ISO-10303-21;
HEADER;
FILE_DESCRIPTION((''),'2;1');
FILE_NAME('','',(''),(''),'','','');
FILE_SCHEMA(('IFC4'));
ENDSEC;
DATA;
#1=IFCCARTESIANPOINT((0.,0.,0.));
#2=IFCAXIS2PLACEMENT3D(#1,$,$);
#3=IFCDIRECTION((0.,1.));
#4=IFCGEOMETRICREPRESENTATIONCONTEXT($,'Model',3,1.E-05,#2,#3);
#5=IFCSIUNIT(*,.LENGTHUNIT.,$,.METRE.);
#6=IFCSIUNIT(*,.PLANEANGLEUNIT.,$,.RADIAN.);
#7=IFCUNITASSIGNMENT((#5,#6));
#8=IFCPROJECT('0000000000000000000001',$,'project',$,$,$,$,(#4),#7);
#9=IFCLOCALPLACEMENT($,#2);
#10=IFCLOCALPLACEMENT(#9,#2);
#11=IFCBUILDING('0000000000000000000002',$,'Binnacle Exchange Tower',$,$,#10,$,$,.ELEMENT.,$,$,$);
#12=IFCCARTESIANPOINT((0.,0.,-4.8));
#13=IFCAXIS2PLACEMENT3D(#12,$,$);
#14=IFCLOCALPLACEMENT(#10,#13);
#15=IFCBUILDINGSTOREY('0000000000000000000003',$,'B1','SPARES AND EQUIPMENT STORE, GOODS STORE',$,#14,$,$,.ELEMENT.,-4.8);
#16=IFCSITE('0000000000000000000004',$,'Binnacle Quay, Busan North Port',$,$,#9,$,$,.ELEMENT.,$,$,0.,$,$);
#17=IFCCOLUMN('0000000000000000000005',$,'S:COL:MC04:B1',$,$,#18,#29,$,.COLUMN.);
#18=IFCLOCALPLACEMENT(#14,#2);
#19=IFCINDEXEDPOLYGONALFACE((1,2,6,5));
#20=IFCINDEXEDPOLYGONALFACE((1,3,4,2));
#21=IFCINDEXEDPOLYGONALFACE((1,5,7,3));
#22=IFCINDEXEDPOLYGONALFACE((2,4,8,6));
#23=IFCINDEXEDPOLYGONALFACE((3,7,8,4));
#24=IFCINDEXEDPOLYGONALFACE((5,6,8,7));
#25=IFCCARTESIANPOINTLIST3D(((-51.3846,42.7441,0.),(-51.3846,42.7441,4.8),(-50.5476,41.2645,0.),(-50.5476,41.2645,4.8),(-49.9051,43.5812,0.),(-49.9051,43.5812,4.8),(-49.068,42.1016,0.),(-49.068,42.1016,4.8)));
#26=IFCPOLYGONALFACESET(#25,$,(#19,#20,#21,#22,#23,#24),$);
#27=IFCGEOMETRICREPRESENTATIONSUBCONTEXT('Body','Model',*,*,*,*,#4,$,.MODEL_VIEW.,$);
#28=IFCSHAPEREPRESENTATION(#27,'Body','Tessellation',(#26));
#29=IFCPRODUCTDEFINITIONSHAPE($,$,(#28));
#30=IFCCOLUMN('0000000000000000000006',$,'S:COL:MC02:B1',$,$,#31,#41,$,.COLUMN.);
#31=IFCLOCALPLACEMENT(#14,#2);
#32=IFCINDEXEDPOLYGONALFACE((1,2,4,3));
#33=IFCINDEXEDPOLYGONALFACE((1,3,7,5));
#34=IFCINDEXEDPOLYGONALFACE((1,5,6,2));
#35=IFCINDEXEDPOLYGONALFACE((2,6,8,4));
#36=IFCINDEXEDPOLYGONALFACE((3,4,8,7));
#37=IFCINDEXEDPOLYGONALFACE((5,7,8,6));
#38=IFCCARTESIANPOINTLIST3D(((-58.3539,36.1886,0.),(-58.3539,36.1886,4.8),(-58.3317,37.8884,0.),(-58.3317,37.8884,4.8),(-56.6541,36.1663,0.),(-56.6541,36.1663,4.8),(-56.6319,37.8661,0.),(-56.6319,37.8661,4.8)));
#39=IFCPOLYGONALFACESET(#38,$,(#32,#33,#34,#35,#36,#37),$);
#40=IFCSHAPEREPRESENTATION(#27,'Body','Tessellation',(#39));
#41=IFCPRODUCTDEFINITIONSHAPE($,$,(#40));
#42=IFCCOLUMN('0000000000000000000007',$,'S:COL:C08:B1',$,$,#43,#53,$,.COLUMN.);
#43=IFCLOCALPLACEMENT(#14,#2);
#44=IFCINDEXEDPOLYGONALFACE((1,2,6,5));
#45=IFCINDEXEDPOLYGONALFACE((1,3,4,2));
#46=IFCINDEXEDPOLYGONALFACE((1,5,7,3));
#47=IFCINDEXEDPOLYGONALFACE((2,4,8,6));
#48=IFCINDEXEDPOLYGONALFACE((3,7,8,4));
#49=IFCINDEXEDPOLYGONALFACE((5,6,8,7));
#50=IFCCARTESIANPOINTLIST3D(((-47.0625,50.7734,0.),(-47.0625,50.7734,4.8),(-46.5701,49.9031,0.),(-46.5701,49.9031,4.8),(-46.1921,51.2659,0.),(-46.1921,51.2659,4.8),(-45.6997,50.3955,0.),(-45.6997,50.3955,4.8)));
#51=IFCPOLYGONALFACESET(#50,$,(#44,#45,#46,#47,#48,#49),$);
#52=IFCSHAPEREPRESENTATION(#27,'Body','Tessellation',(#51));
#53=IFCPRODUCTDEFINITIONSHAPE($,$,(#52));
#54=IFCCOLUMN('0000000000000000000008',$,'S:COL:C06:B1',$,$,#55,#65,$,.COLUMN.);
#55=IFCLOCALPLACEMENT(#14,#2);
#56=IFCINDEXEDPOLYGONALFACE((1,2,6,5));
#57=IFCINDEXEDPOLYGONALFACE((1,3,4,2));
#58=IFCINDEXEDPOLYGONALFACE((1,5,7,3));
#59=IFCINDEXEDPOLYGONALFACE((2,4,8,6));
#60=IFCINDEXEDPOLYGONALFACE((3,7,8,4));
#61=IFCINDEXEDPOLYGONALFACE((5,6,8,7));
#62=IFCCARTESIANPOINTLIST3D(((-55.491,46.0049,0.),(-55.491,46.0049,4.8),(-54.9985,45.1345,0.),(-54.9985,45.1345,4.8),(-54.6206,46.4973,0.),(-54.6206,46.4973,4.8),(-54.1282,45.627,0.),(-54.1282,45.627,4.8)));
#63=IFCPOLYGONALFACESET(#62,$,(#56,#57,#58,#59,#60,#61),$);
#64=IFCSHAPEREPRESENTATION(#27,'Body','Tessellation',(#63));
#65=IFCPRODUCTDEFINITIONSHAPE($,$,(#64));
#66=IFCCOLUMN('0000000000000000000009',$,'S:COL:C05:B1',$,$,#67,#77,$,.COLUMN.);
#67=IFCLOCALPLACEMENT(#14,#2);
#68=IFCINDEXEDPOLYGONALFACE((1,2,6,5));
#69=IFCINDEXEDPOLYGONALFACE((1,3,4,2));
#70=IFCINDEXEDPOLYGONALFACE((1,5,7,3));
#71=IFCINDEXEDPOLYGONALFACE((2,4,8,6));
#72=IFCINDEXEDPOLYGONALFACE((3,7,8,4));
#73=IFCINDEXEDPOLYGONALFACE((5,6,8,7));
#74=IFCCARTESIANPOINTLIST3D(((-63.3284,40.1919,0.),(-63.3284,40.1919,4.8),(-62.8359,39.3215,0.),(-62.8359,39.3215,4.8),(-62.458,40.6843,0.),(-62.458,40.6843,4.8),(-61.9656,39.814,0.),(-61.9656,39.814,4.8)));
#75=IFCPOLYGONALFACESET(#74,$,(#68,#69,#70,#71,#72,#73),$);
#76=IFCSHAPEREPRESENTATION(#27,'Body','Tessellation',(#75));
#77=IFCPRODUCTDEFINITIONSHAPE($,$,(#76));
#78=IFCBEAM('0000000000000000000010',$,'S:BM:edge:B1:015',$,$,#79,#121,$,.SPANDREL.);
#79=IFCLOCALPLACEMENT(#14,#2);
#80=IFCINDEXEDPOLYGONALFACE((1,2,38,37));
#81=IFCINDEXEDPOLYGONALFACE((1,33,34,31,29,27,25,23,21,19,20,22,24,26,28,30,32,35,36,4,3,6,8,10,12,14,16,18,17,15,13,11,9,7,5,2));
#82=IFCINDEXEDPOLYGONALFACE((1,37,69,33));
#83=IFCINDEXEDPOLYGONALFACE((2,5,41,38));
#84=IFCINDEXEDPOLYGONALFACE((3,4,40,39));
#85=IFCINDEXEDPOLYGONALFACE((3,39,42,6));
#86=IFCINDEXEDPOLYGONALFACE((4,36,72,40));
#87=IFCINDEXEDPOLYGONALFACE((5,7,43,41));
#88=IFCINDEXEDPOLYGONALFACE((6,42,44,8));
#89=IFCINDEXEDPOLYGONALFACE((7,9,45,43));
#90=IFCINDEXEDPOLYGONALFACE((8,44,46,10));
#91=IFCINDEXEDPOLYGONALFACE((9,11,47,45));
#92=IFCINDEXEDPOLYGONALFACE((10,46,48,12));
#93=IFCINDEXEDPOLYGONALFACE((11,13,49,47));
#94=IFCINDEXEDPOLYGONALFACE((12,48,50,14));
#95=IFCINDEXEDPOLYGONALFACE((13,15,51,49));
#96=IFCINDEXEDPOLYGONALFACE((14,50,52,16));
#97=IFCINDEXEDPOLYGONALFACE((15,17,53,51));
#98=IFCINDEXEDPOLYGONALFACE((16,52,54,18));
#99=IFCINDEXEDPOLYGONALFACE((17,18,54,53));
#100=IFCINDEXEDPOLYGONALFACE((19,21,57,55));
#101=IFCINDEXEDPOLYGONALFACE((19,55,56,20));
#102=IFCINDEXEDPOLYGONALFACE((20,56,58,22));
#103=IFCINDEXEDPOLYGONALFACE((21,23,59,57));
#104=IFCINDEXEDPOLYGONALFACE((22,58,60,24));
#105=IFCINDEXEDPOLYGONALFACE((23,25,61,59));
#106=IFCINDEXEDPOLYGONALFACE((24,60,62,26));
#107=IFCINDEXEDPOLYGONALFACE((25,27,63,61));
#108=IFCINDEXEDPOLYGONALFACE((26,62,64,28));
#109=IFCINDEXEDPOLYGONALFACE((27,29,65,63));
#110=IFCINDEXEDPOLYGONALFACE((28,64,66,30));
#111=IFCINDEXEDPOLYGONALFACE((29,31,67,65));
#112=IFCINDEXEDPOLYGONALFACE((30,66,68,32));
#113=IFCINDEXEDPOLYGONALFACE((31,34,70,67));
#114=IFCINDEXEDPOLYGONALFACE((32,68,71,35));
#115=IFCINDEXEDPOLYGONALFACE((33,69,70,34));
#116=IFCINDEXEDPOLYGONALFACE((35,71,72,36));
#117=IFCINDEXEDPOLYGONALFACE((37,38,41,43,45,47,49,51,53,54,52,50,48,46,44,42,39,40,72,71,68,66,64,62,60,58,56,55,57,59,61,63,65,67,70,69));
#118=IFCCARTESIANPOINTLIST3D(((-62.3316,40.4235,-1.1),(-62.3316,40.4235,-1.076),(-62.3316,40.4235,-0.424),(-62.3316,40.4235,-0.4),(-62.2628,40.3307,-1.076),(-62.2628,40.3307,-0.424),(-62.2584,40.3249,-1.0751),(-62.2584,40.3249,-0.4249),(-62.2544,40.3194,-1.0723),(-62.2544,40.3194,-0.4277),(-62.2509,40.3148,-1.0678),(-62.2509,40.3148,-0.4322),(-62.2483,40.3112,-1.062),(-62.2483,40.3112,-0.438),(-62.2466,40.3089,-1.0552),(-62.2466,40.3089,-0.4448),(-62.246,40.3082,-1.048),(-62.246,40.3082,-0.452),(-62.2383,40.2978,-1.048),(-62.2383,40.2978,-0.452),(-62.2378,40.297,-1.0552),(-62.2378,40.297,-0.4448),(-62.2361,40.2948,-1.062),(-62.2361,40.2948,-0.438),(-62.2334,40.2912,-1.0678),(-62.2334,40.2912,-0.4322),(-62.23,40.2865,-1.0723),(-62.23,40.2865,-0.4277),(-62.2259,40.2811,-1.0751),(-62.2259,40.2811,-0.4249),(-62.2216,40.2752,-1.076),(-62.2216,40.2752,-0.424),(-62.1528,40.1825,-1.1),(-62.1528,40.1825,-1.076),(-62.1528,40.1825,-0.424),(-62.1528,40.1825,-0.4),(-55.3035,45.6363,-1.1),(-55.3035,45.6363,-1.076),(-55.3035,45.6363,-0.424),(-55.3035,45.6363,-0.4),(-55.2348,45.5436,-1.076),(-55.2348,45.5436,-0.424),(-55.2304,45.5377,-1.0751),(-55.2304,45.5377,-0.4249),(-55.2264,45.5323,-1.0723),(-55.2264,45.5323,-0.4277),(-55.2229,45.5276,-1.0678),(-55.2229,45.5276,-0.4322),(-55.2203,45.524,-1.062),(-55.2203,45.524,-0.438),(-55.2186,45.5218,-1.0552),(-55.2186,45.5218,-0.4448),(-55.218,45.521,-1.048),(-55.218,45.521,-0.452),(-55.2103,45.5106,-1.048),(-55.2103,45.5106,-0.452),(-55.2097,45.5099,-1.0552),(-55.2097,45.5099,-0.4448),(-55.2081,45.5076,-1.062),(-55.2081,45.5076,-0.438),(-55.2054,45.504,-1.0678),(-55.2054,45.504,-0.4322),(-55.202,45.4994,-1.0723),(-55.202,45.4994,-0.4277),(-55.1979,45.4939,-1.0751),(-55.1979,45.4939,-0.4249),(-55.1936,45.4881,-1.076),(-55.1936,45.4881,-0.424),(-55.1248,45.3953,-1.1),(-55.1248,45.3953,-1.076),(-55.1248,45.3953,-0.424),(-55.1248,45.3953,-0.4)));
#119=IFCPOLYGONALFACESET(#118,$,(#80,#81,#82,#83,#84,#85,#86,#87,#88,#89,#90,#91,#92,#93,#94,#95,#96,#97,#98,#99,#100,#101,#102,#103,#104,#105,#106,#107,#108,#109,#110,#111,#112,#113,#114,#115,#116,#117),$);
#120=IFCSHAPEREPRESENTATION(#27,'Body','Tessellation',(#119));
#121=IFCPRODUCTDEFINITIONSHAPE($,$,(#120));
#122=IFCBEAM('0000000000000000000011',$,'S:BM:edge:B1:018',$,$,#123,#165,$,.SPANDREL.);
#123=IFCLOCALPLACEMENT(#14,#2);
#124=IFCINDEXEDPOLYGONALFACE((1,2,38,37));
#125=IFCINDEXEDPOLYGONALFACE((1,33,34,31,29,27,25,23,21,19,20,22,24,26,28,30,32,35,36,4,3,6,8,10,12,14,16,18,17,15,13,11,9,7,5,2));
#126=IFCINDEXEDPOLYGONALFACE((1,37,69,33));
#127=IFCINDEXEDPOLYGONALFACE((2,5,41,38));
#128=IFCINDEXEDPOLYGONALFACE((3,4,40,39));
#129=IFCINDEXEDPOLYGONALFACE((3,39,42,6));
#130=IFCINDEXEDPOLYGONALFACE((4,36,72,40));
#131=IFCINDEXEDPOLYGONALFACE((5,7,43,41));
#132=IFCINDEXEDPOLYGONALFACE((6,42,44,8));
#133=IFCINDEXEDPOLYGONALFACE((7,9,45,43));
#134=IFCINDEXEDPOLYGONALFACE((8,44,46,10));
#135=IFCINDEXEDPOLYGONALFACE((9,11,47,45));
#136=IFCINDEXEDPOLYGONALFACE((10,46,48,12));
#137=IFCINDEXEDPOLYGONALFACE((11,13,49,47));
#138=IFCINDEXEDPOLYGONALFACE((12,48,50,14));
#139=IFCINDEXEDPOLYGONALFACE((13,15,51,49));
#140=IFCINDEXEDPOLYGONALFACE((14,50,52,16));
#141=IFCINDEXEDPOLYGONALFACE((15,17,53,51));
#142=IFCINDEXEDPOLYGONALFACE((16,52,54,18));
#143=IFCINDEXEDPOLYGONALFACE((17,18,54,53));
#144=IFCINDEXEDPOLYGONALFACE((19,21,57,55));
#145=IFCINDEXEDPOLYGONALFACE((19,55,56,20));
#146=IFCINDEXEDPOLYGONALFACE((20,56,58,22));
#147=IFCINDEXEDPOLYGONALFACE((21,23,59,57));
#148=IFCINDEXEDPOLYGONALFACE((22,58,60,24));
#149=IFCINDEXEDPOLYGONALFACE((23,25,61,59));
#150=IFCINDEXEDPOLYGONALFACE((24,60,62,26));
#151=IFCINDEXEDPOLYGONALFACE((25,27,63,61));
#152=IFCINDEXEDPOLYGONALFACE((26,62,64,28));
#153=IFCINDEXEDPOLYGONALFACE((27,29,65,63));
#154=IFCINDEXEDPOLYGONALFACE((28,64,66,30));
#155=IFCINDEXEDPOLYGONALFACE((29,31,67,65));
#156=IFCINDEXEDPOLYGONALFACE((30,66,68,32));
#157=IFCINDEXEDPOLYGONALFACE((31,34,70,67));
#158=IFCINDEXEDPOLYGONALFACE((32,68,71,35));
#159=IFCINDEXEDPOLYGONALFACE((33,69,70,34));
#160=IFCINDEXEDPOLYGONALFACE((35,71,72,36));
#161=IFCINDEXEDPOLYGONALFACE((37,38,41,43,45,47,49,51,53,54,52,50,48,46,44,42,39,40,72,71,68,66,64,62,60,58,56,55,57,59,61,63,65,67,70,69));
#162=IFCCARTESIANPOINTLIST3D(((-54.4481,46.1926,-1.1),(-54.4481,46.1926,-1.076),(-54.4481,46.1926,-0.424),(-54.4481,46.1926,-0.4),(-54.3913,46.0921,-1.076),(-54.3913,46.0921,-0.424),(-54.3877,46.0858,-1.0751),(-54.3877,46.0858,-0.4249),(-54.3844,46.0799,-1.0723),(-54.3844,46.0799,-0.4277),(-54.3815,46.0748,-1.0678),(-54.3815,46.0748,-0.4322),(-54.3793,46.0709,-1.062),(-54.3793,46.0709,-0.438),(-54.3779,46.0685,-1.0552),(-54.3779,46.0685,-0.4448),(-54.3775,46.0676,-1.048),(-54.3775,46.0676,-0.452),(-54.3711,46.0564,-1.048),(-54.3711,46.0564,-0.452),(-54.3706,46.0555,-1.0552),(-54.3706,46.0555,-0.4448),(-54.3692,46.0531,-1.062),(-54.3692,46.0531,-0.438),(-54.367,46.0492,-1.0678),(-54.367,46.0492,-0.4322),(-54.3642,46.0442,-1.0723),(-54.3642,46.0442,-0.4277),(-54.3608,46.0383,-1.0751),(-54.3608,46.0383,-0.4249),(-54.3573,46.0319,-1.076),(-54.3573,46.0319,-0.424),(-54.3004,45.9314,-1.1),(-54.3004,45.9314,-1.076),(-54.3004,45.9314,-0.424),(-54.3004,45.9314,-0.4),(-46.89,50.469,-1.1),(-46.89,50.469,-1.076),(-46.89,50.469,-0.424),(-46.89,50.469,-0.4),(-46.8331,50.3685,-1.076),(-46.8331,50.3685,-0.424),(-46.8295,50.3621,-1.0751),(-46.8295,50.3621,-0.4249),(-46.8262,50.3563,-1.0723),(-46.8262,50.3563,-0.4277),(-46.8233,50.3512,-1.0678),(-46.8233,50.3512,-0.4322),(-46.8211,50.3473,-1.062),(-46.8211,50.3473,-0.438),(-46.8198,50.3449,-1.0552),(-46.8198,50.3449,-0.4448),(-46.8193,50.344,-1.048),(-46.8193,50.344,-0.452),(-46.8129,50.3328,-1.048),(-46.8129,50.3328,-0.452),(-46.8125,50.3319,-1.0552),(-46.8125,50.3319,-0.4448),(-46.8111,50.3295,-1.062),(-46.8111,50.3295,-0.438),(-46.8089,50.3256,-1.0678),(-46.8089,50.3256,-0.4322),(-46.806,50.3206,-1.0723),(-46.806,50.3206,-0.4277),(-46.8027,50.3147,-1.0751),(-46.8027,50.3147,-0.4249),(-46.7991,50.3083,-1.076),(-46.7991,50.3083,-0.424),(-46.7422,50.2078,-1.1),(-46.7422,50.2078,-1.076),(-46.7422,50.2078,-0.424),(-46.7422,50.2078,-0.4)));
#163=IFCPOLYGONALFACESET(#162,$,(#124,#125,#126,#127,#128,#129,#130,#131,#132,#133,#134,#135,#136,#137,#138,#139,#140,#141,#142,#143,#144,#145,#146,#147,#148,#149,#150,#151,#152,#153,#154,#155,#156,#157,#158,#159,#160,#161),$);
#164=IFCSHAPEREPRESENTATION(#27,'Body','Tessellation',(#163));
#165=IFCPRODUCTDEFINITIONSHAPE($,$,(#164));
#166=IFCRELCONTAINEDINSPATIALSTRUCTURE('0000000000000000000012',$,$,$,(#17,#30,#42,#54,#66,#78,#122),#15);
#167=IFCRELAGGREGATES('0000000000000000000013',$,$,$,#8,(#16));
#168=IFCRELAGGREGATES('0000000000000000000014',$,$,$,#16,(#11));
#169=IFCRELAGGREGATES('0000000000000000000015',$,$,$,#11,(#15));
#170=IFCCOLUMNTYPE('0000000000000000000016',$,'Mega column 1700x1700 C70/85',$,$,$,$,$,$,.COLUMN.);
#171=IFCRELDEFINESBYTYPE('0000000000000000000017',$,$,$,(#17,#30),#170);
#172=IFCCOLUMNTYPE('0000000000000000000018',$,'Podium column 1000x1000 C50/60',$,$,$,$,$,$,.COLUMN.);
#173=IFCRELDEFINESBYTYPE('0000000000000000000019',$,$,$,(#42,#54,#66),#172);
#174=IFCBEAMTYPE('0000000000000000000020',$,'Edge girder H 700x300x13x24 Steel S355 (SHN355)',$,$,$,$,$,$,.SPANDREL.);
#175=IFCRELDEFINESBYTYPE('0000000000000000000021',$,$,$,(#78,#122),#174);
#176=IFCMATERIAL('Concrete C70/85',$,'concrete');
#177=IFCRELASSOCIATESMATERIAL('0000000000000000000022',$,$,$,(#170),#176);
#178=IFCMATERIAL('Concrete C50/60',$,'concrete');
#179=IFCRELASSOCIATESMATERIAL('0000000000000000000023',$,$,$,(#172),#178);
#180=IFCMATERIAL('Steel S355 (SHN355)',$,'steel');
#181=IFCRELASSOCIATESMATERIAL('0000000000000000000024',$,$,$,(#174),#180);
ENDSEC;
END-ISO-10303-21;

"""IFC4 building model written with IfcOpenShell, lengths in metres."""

from ifc_helpers import new_model, si_unit, direction, frame, origin, origin_2d, place, context, subcontext, project, spatial, rectangle, i_section, extrude, material, material_profile, profile_set, type_object, element, save


model = new_model("IFC4")

# Units and contexts
model_context = context("Model", 3, precision=1e-05, world=origin(), true_north=direction((0.0, 1.0)))
body_context = subcontext(model_context, "Body", "Model", "MODEL_VIEW")
ifc_project = project(units=[si_unit("LENGTHUNIT", "METRE"), si_unit("PLANEANGLEUNIT", "RADIAN")], contexts=[model_context])

# Site, building, storey
site_placement = place(None, origin())
site = spatial("IfcSite", under=ifc_project, at=site_placement, Name="Binnacle Quay, Busan North Port", CompositionType="ELEMENT", RefElevation=0.0)
building_placement = place(site_placement, origin())
building = spatial("IfcBuilding", under=site, at=building_placement, Name="Binnacle Exchange Tower", CompositionType="ELEMENT")
storey_placement = place(building_placement, frame((0.0, 0.0, -4.8)))
storey = spatial("IfcBuildingStorey", under=building, at=storey_placement, Name="B1", Description="SPARES AND EQUIPMENT STORE, GOODS STORE", CompositionType="ELEMENT", Elevation=-4.8)

# Columns
ifc_material_1 = material(Name="Concrete C70/85", Category="concrete")
ifc_material_profile_1 = material_profile(ifc_material_1, rectangle(XDim=1.7, YDim=1.7, at=origin_2d()), Name="Mega column 1700x1700 C70/85")
ifc_profile_set_1 = profile_set([ifc_material_profile_1], Name="Concrete C70/85")
column_type_1 = type_object("IfcColumnType", Name="Mega column 1700x1700 C70/85", PredefinedType="COLUMN", material=ifc_profile_set_1)
for number, where, z_axis, x_axis, name in (
    (1, (-50.2263, 42.4229, 0.0), (0.0, 0.0, 1.0), (-0.870356, -0.492424, 0.0), "S:COL:MC04:B1"),
    (2, (-57.4929, 37.0273, 0.0), (0.0, 0.0, 1.0), (-0.01309, -0.999914, 0.0), "S:COL:MC02:B1"),
):
    element("IfcColumn", number, at=place(storey_placement, frame(where, z_axis=z_axis, x_axis=x_axis)), inside=storey, type_object=column_type_1, Name=name, PredefinedType="COLUMN", context=body_context, shape_type="SweptSolid", body=[
        extrude(rectangle(XDim=1.7, YDim=1.7, at=origin_2d()), origin(), (0.0, 0.0, 1.0), 4.8),
    ])
ifc_material_2 = material(Name="Concrete C50/60", Category="concrete")
ifc_material_profile_2 = material_profile(ifc_material_2, rectangle(XDim=1.0, YDim=1.0, at=origin_2d()), Name="Podium column 1000x1000 C50/60")
ifc_profile_set_2 = profile_set([ifc_material_profile_2], Name="Concrete C50/60")
column_type_2 = type_object("IfcColumnType", Name="Podium column 1000x1000 C50/60", PredefinedType="COLUMN", material=ifc_profile_set_2)
for number, where, z_axis, x_axis, name in (
    (3, (-46.3811, 50.5845, 0.0), (0.0, 0.0, 1.0), (-0.870356, -0.492424, 0.0), "S:COL:C08:B1"),
    (4, (-54.8096, 45.8159, 0.0), (0.0, 0.0, 1.0), (-0.870356, -0.492424, 0.0), "S:COL:C06:B1"),
    (5, (-62.647, 40.0029, 0.0), (0.0, 0.0, 1.0), (-0.870356, -0.492424, 0.0), "S:COL:C05:B1"),
):
    element("IfcColumn", number, at=place(storey_placement, frame(where, z_axis=z_axis, x_axis=x_axis)), inside=storey, type_object=column_type_2, Name=name, PredefinedType="COLUMN", context=body_context, shape_type="SweptSolid", body=[
        extrude(rectangle(XDim=1.0, YDim=1.0, at=origin_2d()), origin(), (0.0, 0.0, 1.0), 4.8),
    ])

# Beams
ifc_material_3 = material(Name="Steel S355 (SHN355)", Category="steel")
ifc_material_profile_3 = material_profile(ifc_material_3, i_section(OverallWidth=0.3, OverallDepth=0.7, WebThickness=0.0129, FlangeThickness=0.0239, FilletRadius=0.0281, at=origin_2d()), Name="H 700x300x13x24")
ifc_profile_set_3 = profile_set([ifc_material_profile_3], Name="Steel S355 (SHN355)")
beam_type_1 = type_object("IfcBeamType", Name="Edge girder H 700x300x13x24 Steel S355 (SHN355)", PredefinedType="SPANDREL", material=ifc_profile_set_3)
beam_1_placement = place(storey_placement, frame((-62.2422, 40.303, -0.75), z_axis=(0.803179, 0.595737, 0.0), x_axis=(-0.595737, 0.803179, 0.0)))
element("IfcBeam", 6, at=beam_1_placement, inside=storey, type_object=beam_type_1, Name="S:BM:edge:B1:015", PredefinedType="SPANDREL", context=body_context, shape_type="SweptSolid", body=[
    extrude(i_section(OverallWidth=0.3, OverallDepth=0.7, WebThickness=0.0129, FlangeThickness=0.0239, FilletRadius=0.0281, at=origin_2d()), origin(), (0.0, 0.0, 1.0), 8.7502),
])
beam_2_placement = place(storey_placement, frame((-54.3743, 46.062, -0.75), z_axis=(0.870346, 0.492441, 0.0), x_axis=(-0.492441, 0.870346, 0.0)))
element("IfcBeam", 7, at=beam_2_placement, inside=storey, type_object=beam_type_1, Name="S:BM:edge:B1:018", PredefinedType="SPANDREL", context=body_context, shape_type="SweptSolid", body=[
    extrude(i_section(OverallWidth=0.3, OverallDepth=0.7, WebThickness=0.0129, FlangeThickness=0.0239, FilletRadius=0.0281, at=origin_2d()), origin(), (0.0, 0.0, 1.0), 8.6841),
])

save(model, "model.ifc")
